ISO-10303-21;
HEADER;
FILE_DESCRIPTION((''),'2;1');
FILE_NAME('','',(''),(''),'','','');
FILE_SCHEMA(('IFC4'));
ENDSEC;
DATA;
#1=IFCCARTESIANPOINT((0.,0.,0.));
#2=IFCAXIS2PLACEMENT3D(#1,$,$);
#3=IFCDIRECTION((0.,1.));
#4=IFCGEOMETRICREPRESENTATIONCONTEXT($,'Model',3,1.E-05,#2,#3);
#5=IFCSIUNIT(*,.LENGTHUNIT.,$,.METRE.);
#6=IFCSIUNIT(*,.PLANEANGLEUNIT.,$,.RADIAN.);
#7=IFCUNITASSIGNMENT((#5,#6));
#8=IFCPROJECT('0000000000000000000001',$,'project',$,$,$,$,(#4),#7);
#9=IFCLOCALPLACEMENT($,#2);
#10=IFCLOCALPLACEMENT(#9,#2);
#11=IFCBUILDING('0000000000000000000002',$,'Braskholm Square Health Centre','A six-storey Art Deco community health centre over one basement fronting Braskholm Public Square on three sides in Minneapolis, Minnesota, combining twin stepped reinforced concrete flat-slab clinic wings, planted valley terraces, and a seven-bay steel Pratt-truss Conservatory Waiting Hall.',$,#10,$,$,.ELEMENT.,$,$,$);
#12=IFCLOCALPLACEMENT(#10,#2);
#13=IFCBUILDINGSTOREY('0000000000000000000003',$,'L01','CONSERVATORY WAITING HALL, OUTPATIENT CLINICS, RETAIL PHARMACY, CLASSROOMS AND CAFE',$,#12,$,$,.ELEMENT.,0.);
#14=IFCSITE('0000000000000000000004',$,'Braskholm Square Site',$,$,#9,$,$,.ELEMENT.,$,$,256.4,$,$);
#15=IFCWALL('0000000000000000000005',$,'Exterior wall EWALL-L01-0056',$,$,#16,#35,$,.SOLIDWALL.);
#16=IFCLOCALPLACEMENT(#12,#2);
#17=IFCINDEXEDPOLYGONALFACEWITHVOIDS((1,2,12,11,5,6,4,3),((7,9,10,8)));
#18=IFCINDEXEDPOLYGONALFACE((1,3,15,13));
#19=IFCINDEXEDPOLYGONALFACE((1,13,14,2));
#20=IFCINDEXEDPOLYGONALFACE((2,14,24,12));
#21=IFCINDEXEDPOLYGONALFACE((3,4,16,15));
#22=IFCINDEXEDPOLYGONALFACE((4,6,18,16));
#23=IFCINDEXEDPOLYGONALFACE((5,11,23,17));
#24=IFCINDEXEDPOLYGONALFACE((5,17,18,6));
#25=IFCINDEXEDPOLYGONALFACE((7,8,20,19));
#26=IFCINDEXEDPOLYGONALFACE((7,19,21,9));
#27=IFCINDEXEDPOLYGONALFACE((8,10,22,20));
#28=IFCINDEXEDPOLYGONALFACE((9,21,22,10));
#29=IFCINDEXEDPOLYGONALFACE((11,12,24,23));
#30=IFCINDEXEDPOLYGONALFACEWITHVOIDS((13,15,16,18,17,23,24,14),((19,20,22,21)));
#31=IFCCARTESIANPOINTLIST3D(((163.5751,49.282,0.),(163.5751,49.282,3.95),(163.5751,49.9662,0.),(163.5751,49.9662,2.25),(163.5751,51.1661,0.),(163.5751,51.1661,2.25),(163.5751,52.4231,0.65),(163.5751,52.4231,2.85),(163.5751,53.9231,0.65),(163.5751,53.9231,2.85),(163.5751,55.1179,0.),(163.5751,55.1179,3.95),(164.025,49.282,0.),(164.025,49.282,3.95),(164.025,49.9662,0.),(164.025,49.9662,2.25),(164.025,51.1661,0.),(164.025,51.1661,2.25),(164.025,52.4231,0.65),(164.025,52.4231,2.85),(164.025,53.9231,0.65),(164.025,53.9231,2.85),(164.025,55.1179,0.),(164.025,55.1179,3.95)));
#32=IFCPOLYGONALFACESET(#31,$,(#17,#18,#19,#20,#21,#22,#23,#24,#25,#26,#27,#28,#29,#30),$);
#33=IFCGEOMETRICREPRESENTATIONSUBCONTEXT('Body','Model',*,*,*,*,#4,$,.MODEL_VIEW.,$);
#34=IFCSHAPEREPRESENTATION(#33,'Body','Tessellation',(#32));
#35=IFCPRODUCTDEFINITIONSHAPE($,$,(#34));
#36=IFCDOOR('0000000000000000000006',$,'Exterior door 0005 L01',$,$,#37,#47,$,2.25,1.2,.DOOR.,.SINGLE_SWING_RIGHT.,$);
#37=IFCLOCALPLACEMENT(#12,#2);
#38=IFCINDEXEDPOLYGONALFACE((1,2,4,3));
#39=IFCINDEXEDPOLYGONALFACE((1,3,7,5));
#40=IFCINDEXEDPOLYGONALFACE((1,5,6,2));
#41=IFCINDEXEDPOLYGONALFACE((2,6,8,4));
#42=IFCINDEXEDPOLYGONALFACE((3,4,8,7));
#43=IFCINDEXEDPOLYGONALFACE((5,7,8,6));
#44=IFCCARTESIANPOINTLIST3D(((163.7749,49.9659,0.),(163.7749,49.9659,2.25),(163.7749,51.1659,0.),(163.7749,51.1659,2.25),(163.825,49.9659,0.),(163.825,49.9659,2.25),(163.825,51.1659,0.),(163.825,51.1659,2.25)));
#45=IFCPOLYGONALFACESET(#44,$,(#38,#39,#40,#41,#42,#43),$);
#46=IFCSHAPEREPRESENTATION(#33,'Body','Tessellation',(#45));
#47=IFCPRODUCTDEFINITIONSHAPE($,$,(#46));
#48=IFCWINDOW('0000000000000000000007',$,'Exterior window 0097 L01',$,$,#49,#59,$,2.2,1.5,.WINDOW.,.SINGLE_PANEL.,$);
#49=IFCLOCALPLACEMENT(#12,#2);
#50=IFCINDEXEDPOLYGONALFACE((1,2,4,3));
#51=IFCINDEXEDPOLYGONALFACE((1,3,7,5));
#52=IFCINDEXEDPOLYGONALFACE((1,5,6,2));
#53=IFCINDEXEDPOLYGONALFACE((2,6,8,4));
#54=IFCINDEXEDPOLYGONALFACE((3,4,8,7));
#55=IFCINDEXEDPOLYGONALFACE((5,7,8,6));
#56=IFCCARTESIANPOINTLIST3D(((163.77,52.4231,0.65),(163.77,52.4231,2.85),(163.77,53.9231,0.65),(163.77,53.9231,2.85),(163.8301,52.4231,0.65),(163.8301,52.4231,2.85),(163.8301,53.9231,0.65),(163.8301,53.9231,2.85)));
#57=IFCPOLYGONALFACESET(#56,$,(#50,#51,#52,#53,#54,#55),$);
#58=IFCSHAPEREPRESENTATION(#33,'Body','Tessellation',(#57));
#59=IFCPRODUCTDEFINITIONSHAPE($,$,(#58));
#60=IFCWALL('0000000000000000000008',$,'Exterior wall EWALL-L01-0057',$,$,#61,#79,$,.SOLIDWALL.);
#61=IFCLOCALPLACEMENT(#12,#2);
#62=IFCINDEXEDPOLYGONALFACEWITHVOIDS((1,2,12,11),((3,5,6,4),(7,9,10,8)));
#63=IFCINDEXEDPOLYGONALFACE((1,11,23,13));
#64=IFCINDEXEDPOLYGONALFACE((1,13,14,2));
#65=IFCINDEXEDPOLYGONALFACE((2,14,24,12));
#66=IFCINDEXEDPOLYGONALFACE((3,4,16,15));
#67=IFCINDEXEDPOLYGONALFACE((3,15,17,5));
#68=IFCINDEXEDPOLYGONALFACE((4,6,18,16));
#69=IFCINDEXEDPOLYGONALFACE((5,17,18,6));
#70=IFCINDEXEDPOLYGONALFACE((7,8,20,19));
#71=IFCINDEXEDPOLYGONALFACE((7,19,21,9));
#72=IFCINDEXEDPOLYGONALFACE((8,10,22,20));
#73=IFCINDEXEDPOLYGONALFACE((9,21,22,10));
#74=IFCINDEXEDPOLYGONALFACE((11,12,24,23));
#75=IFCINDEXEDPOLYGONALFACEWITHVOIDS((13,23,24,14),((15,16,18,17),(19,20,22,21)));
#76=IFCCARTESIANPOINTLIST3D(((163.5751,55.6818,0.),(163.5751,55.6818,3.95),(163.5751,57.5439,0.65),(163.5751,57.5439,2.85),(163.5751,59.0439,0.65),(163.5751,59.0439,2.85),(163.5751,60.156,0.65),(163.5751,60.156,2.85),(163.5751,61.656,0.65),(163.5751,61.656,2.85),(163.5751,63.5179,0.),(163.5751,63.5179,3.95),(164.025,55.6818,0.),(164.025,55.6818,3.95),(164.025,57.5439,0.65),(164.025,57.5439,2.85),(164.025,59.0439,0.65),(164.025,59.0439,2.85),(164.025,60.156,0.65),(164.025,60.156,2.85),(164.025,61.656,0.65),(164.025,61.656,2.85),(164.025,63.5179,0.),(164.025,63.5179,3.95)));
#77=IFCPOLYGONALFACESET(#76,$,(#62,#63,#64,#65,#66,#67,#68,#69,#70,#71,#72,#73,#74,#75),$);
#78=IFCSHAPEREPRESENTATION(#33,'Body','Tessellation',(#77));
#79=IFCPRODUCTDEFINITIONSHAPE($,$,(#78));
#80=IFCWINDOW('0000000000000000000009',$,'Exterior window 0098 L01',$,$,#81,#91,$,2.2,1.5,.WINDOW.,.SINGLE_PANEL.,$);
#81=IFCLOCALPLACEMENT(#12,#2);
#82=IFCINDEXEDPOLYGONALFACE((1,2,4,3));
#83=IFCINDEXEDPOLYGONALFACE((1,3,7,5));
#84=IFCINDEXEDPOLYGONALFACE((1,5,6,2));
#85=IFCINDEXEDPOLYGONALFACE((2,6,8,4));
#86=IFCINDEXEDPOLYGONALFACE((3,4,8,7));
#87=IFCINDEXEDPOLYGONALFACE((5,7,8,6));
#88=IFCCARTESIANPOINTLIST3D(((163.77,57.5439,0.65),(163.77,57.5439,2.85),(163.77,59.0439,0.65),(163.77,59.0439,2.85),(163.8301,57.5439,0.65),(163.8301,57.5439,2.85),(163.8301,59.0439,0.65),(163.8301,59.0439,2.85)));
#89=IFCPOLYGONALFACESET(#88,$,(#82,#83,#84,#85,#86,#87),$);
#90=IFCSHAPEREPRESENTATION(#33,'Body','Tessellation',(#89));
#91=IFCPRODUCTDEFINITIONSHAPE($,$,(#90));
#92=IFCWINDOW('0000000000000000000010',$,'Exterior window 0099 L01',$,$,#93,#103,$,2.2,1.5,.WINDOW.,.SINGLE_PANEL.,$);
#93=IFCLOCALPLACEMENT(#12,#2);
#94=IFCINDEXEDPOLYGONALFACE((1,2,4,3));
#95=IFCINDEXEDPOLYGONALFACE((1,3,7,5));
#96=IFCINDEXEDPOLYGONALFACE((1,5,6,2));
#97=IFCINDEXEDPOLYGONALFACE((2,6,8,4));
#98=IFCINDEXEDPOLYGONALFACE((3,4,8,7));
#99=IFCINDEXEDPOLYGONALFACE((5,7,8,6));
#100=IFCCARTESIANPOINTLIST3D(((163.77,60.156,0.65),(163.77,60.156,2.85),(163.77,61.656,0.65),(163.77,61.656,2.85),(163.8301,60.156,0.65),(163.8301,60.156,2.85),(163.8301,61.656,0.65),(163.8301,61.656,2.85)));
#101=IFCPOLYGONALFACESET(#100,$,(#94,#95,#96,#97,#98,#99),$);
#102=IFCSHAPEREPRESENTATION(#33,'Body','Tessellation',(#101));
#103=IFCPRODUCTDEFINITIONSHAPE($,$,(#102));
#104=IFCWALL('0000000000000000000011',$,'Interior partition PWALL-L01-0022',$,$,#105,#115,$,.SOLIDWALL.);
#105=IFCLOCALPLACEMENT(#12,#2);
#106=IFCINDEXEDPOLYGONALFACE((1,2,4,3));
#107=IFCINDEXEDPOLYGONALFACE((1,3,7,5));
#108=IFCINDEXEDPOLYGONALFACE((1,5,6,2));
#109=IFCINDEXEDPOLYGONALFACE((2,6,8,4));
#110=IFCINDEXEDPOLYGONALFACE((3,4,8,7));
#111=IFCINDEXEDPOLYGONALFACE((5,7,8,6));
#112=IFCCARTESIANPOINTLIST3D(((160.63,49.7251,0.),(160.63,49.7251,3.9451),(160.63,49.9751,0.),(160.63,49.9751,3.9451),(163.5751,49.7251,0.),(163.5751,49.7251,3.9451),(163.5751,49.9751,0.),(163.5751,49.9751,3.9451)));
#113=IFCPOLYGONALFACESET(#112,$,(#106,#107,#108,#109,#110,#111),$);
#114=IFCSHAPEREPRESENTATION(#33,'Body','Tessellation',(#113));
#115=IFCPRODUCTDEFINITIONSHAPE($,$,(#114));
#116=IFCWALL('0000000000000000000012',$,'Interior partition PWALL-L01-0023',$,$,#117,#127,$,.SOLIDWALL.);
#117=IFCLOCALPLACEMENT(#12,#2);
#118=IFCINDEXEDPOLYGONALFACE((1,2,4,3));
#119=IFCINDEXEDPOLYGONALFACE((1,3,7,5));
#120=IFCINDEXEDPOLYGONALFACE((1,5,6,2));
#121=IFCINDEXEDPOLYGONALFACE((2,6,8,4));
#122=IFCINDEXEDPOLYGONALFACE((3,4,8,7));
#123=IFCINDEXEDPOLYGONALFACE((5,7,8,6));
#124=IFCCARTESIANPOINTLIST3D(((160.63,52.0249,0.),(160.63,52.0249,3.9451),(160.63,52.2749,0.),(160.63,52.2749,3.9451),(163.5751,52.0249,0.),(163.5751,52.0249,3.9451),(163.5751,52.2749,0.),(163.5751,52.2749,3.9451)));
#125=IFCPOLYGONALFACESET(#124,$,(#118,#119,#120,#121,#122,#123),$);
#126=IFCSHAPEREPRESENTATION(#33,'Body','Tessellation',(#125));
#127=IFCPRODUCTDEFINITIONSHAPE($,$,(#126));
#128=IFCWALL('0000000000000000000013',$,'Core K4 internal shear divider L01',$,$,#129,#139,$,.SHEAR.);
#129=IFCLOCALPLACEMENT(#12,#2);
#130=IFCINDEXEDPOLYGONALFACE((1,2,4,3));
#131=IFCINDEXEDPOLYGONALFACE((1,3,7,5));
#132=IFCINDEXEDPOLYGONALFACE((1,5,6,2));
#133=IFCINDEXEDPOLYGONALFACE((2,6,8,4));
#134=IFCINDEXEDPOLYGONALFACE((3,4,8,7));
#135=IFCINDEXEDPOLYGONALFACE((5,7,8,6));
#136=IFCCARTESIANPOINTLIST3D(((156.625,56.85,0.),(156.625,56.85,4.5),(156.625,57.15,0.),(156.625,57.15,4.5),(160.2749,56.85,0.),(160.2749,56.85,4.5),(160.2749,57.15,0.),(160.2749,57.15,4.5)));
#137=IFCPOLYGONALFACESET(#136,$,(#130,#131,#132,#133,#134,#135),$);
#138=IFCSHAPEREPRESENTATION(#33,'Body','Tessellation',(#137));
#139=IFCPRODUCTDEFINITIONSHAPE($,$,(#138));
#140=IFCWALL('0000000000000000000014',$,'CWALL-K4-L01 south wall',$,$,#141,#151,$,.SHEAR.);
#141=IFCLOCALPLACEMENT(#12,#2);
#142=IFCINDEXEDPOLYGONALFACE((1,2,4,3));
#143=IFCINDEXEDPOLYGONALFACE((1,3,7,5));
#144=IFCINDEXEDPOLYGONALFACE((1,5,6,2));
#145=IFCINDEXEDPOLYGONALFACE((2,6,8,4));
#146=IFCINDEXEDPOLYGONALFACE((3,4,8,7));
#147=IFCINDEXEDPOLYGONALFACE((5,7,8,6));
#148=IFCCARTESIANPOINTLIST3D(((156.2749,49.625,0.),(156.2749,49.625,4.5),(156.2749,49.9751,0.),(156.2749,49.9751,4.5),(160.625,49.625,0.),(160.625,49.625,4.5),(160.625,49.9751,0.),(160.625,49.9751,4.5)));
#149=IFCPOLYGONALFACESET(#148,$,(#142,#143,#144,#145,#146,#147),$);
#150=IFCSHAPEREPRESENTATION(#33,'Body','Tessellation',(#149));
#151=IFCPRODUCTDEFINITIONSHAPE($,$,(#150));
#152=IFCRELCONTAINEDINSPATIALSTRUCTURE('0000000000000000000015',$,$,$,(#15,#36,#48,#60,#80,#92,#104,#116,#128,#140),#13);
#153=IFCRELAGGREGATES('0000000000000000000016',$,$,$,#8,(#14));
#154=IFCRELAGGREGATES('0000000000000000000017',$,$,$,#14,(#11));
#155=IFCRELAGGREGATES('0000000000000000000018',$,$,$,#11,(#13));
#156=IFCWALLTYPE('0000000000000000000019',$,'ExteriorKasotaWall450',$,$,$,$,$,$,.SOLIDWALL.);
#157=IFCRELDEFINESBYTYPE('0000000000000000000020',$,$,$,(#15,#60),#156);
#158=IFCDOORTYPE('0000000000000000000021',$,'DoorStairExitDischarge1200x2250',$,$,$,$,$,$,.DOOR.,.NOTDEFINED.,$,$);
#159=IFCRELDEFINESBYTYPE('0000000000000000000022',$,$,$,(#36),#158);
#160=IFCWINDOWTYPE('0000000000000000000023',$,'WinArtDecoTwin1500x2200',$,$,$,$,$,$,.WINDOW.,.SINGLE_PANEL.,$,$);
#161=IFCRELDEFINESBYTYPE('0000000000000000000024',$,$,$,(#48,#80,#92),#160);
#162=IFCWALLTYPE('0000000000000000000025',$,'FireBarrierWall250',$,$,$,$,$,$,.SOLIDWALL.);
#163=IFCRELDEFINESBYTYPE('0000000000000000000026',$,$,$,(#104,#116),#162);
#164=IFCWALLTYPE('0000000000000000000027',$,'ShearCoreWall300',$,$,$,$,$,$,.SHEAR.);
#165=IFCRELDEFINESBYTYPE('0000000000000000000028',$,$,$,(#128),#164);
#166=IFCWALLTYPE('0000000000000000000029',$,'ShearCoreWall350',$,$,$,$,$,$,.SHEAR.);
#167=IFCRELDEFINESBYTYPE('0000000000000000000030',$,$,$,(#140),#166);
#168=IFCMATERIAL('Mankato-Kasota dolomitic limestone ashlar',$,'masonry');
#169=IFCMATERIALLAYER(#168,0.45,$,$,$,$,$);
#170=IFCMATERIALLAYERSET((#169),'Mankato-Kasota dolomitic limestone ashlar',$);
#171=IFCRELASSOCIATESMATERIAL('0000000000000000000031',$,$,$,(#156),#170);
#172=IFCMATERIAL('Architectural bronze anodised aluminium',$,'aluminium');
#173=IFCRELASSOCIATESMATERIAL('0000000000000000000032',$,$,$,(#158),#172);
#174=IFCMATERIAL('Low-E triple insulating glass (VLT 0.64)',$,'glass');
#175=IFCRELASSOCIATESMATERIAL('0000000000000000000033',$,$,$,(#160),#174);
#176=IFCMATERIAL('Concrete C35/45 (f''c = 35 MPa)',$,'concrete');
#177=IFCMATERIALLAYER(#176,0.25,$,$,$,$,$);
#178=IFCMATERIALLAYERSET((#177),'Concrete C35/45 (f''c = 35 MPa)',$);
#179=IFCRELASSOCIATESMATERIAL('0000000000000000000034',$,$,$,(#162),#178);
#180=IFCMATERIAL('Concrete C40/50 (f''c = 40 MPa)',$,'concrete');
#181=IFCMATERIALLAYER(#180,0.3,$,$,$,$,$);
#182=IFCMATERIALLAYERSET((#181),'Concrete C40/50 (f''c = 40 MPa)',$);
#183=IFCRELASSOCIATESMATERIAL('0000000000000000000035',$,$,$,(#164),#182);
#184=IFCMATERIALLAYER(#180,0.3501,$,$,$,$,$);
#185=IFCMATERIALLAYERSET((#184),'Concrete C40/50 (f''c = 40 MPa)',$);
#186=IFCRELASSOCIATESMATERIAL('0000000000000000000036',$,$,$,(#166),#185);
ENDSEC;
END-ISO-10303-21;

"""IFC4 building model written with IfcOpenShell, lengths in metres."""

from ifc_helpers import new_model, si_unit, direction, frame, frame_2d, origin, origin_with_axes, place, context, subcontext, project, spatial, rectangle, extrude, material, layer, layer_set, type_object, element, fill, save


model = new_model("IFC4")

# Units and contexts
model_context = context("Model", 3, precision=1e-05, world=origin(), true_north=direction((0.0, 1.0)))
body_context = subcontext(model_context, "Body", "Model", "MODEL_VIEW")
ifc_project = project(units=[si_unit("LENGTHUNIT", "METRE"), si_unit("PLANEANGLEUNIT", "RADIAN")], contexts=[model_context])

# Site, building, storey
site_placement = place(None, origin())
site = spatial("IfcSite", under=ifc_project, at=site_placement, Name="Braskholm Square Site", CompositionType="ELEMENT", RefElevation=256.4)
building_placement = place(site_placement, origin())
building = spatial("IfcBuilding", under=site, at=building_placement, Name="Braskholm Square Health Centre", Description="A six-storey Art Deco community health centre over one basement fronting Braskholm Public Square on three sides in Minneapolis, Minnesota, combining twin stepped reinforced concrete flat-slab clinic wings, planted valley terraces, and a seven-bay steel Pratt-truss Conservatory Waiting Hall.", CompositionType="ELEMENT")
storey_placement = place(building_placement, origin())
storey = spatial("IfcBuildingStorey", under=building, at=storey_placement, Name="L01", Description="CONSERVATORY WAITING HALL, OUTPATIENT CLINICS, RETAIL PHARMACY, CLASSROOMS AND CAFE", CompositionType="ELEMENT", Elevation=0.0)

# Shared definitions
ifc_material_1 = material(Name="Concrete C40/50 (f'c = 40 MPa)", Category="concrete")

# Shared definitions
ifc_material_2 = material(Name="Low-E triple insulating glass (VLT 0.64)", Category="glass")
ifc_material_3 = material(Name="Architectural bronze anodised aluminium", Category="aluminium")

# Wall, openings, door, window
ifc_material_4 = material(Name="Mankato-Kasota dolomitic limestone ashlar", Category="masonry")
ifc_layer_1 = layer(ifc_material_4, 0.45)
ifc_layer_set_1 = layer_set([ifc_layer_1], Name="Mankato-Kasota dolomitic limestone ashlar")
wall_type_1 = type_object("IfcWallType", Name="ExteriorKasotaWall450", PredefinedType="SOLIDWALL", material=ifc_layer_set_1)
wall_1_placement = place(storey_placement, frame((163.8, 49.282, 0.0), z_axis=(0.0, 0.0, 1.0), x_axis=(0.0, 1.0, 0.0)))
wall_1 = element("IfcWall", 1, at=wall_1_placement, inside=storey, type_object=wall_type_1, Name="Exterior wall EWALL-L01-0056", PredefinedType="SOLIDWALL", context=body_context, shape_type="SweptSolid", body=[
    extrude(rectangle(XDim=5.8359, YDim=0.45, at=frame_2d((2.918, 0.0))), origin(), (0.0, 0.0, 1.0), 3.95),
])
opening_1_placement = place(wall_1_placement, frame((0.6841, 0.0, 0.0)))
opening_1 = element("IfcOpeningElement", 2, at=opening_1_placement, cuts=wall_1, PredefinedType="OPENING", context=body_context, shape_type="SweptSolid", body=[
    extrude(rectangle(XDim=1.2, YDim=2.25, at=frame_2d((0.6001, 1.125))), frame((0.0, 0.2349, 0.0), z_axis=(0.0, -1.0, 0.0), x_axis=(1.0, 0.0, 0.0)), (0.0, 0.0, 1.0), 0.47),
])
opening_2_placement = place(wall_1_placement, frame((3.1411, 0.0, 0.6499)))
opening_2 = element("IfcOpeningElement", 3, at=opening_2_placement, cuts=wall_1, PredefinedType="OPENING", context=body_context, shape_type="SweptSolid", body=[
    extrude(rectangle(XDim=1.5, YDim=2.2, at=frame_2d((0.75, 1.1001))), frame((0.0, 0.2349, 0.0), z_axis=(0.0, -1.0, 0.0), x_axis=(1.0, 0.0, 0.0)), (0.0, 0.0, 1.0), 0.47),
])
door_type_1 = type_object("IfcDoorType", Name="DoorStairExitDischarge1200x2250", OperationType="NOTDEFINED", PredefinedType="DOOR", material=ifc_material_3)
door_1_placement = place(opening_1_placement, frame((1.2, 0.0, 0.0), z_axis=(0.0, 0.0, 1.0), x_axis=(-1.0, 0.0, 0.0)))
door_1 = element("IfcDoor", 4, at=door_1_placement, inside=storey, type_object=door_type_1, Name="Exterior door 0005 L01", OperationType="SINGLE_SWING_RIGHT", OverallHeight=2.25, OverallWidth=1.2, PredefinedType="DOOR", context=body_context, shape_type="SweptSolid", body=[
    extrude(rectangle(XDim=1.2, YDim=2.25, at=frame_2d((0.6001, 1.125))), frame((0.0, 0.0249, 0.0), z_axis=(0.0, -1.0, 0.0), x_axis=(1.0, 0.0, 0.0)), (0.0, 0.0, 1.0), 0.05),
])
fill(opening_1, door_1)
window_type = type_object("IfcWindowType", Name="WinArtDecoTwin1500x2200", PartitioningType="SINGLE_PANEL", PredefinedType="WINDOW", material=ifc_material_2)
window_1_placement = place(opening_2_placement, origin_with_axes())
window_1 = element("IfcWindow", 5, at=window_1_placement, inside=storey, type_object=window_type, Name="Exterior window 0097 L01", OverallHeight=2.2, OverallWidth=1.5, PartitioningType="SINGLE_PANEL", PredefinedType="WINDOW", context=body_context, shape_type="SweptSolid", body=[
    extrude(rectangle(XDim=1.5, YDim=2.2, at=frame_2d((0.75, 1.1001))), frame((0.0, 0.03, 0.0), z_axis=(0.0, -1.0, 0.0), x_axis=(1.0, 0.0, 0.0)), (0.0, 0.0, 1.0), 0.0601),
])
fill(opening_2, window_1)

# Wall, openings, windows
wall_2_placement = place(storey_placement, frame((163.8, 55.6819, 0.0), z_axis=(0.0, 0.0, 1.0), x_axis=(0.0, 1.0, 0.0)))
wall_2 = element("IfcWall", 6, at=wall_2_placement, inside=storey, type_object=wall_type_1, Name="Exterior wall EWALL-L01-0057", PredefinedType="SOLIDWALL", context=body_context, shape_type="SweptSolid", body=[
    extrude(rectangle(XDim=7.8362, YDim=0.45, at=frame_2d((3.918, 0.0))), origin(), (0.0, 0.0, 1.0), 3.95),
])
opening_3_placement = place(wall_2_placement, frame((1.8621, 0.0, 0.6499)))
opening_3 = element("IfcOpeningElement", 7, at=opening_3_placement, cuts=wall_2, PredefinedType="OPENING", context=body_context, shape_type="SweptSolid", body=[
    extrude(rectangle(XDim=1.5, YDim=2.2, at=frame_2d((0.75, 1.1001))), frame((0.0, 0.2349, 0.0), z_axis=(0.0, -1.0, 0.0), x_axis=(1.0, 0.0, 0.0)), (0.0, 0.0, 1.0), 0.47),
])
opening_4_placement = place(wall_2_placement, frame((4.4741, 0.0, 0.6499)))
opening_4 = element("IfcOpeningElement", 8, at=opening_4_placement, cuts=wall_2, PredefinedType="OPENING", context=body_context, shape_type="SweptSolid", body=[
    extrude(rectangle(XDim=1.5, YDim=2.2, at=frame_2d((0.75, 1.1001))), frame((0.0, 0.2349, 0.0), z_axis=(0.0, -1.0, 0.0), x_axis=(1.0, 0.0, 0.0)), (0.0, 0.0, 1.0), 0.47),
])
window_2_placement = place(opening_3_placement, origin_with_axes())
window_2 = element("IfcWindow", 9, at=window_2_placement, inside=storey, type_object=window_type, Name="Exterior window 0098 L01", OverallHeight=2.2, OverallWidth=1.5, PartitioningType="SINGLE_PANEL", PredefinedType="WINDOW", context=body_context, shape_type="SweptSolid", body=[
    extrude(rectangle(XDim=1.5, YDim=2.2, at=frame_2d((0.75, 1.1001))), frame((0.0, 0.03, 0.0), z_axis=(0.0, -1.0, 0.0), x_axis=(1.0, 0.0, 0.0)), (0.0, 0.0, 1.0), 0.0601),
])
fill(opening_3, window_2)
window_3_placement = place(opening_4_placement, origin_with_axes())
window_3 = element("IfcWindow", 10, at=window_3_placement, inside=storey, type_object=window_type, Name="Exterior window 0099 L01", OverallHeight=2.2, OverallWidth=1.5, PartitioningType="SINGLE_PANEL", PredefinedType="WINDOW", context=body_context, shape_type="SweptSolid", body=[
    extrude(rectangle(XDim=1.5, YDim=2.2, at=frame_2d((0.75, 1.1001))), frame((0.0, 0.03, 0.0), z_axis=(0.0, -1.0, 0.0), x_axis=(1.0, 0.0, 0.0)), (0.0, 0.0, 1.0), 0.0601),
])
fill(opening_4, window_3)

# Walls
ifc_material_5 = material(Name="Concrete C35/45 (f'c = 35 MPa)", Category="concrete")
ifc_layer_2 = layer(ifc_material_5, 0.25)
ifc_layer_set_2 = layer_set([ifc_layer_2], Name="Concrete C35/45 (f'c = 35 MPa)")
wall_type_2 = type_object("IfcWallType", Name="FireBarrierWall250", PredefinedType="SOLIDWALL", material=ifc_layer_set_2)
for number, where, z_axis, x_axis, name in (
    (11, (160.6299, 49.8501, 0.0), (0.0, 0.0, 1.0), (1.0, 0.0, 0.0), "Interior partition PWALL-L01-0022"),
    (12, (160.6299, 52.1499, 0.0), (0.0, 0.0, 1.0), (1.0, 0.0, 0.0), "Interior partition PWALL-L01-0023"),
):
    element("IfcWall", number, at=place(storey_placement, frame(where, z_axis=z_axis, x_axis=x_axis)), inside=storey, type_object=wall_type_2, Name=name, PredefinedType="SOLIDWALL", context=body_context, shape_type="SweptSolid", body=[
        extrude(rectangle(XDim=2.9451, YDim=0.25, at=frame_2d((1.4727, 0.0))), origin(), (0.0, 0.0, 1.0), 3.9451),
    ])
ifc_layer_3 = layer(ifc_material_1, 0.3)
ifc_layer_set_3 = layer_set([ifc_layer_3], Name="Concrete C40/50 (f'c = 40 MPa)")
wall_type_3 = type_object("IfcWallType", Name="ShearCoreWall300", PredefinedType="SHEAR", material=ifc_layer_set_3)
wall_3_placement = place(storey_placement, frame((156.625, 57.0, 0.0), z_axis=(0.0, 0.0, 1.0), x_axis=(1.0, 0.0, 0.0)))
element("IfcWall", 13, at=wall_3_placement, inside=storey, type_object=wall_type_3, Name="Core K4 internal shear divider L01", PredefinedType="SHEAR", context=body_context, shape_type="SweptSolid", body=[
    extrude(rectangle(XDim=3.6499, YDim=0.3, at=frame_2d((1.825, 0.0))), origin(), (0.0, 0.0, 1.0), 4.5),
])
ifc_layer_4 = layer(ifc_material_1, 0.3501)
ifc_layer_set_4 = layer_set([ifc_layer_4], Name="Concrete C40/50 (f'c = 40 MPa)")
wall_type_4 = type_object("IfcWallType", Name="ShearCoreWall350", PredefinedType="SHEAR", material=ifc_layer_set_4)
wall_4_placement = place(storey_placement, frame((156.2749, 49.8, 0.0), z_axis=(0.0, 0.0, 1.0), x_axis=(1.0, 0.0, 0.0)))
element("IfcWall", 14, at=wall_4_placement, inside=storey, type_object=wall_type_4, Name="CWALL-K4-L01 south wall", PredefinedType="SHEAR", context=body_context, shape_type="SweptSolid", body=[
    extrude(rectangle(XDim=4.3501, YDim=0.3501, at=frame_2d((2.175, 0.0))), origin(), (0.0, 0.0, 1.0), 4.5),
])

save(model, "model.ifc")
